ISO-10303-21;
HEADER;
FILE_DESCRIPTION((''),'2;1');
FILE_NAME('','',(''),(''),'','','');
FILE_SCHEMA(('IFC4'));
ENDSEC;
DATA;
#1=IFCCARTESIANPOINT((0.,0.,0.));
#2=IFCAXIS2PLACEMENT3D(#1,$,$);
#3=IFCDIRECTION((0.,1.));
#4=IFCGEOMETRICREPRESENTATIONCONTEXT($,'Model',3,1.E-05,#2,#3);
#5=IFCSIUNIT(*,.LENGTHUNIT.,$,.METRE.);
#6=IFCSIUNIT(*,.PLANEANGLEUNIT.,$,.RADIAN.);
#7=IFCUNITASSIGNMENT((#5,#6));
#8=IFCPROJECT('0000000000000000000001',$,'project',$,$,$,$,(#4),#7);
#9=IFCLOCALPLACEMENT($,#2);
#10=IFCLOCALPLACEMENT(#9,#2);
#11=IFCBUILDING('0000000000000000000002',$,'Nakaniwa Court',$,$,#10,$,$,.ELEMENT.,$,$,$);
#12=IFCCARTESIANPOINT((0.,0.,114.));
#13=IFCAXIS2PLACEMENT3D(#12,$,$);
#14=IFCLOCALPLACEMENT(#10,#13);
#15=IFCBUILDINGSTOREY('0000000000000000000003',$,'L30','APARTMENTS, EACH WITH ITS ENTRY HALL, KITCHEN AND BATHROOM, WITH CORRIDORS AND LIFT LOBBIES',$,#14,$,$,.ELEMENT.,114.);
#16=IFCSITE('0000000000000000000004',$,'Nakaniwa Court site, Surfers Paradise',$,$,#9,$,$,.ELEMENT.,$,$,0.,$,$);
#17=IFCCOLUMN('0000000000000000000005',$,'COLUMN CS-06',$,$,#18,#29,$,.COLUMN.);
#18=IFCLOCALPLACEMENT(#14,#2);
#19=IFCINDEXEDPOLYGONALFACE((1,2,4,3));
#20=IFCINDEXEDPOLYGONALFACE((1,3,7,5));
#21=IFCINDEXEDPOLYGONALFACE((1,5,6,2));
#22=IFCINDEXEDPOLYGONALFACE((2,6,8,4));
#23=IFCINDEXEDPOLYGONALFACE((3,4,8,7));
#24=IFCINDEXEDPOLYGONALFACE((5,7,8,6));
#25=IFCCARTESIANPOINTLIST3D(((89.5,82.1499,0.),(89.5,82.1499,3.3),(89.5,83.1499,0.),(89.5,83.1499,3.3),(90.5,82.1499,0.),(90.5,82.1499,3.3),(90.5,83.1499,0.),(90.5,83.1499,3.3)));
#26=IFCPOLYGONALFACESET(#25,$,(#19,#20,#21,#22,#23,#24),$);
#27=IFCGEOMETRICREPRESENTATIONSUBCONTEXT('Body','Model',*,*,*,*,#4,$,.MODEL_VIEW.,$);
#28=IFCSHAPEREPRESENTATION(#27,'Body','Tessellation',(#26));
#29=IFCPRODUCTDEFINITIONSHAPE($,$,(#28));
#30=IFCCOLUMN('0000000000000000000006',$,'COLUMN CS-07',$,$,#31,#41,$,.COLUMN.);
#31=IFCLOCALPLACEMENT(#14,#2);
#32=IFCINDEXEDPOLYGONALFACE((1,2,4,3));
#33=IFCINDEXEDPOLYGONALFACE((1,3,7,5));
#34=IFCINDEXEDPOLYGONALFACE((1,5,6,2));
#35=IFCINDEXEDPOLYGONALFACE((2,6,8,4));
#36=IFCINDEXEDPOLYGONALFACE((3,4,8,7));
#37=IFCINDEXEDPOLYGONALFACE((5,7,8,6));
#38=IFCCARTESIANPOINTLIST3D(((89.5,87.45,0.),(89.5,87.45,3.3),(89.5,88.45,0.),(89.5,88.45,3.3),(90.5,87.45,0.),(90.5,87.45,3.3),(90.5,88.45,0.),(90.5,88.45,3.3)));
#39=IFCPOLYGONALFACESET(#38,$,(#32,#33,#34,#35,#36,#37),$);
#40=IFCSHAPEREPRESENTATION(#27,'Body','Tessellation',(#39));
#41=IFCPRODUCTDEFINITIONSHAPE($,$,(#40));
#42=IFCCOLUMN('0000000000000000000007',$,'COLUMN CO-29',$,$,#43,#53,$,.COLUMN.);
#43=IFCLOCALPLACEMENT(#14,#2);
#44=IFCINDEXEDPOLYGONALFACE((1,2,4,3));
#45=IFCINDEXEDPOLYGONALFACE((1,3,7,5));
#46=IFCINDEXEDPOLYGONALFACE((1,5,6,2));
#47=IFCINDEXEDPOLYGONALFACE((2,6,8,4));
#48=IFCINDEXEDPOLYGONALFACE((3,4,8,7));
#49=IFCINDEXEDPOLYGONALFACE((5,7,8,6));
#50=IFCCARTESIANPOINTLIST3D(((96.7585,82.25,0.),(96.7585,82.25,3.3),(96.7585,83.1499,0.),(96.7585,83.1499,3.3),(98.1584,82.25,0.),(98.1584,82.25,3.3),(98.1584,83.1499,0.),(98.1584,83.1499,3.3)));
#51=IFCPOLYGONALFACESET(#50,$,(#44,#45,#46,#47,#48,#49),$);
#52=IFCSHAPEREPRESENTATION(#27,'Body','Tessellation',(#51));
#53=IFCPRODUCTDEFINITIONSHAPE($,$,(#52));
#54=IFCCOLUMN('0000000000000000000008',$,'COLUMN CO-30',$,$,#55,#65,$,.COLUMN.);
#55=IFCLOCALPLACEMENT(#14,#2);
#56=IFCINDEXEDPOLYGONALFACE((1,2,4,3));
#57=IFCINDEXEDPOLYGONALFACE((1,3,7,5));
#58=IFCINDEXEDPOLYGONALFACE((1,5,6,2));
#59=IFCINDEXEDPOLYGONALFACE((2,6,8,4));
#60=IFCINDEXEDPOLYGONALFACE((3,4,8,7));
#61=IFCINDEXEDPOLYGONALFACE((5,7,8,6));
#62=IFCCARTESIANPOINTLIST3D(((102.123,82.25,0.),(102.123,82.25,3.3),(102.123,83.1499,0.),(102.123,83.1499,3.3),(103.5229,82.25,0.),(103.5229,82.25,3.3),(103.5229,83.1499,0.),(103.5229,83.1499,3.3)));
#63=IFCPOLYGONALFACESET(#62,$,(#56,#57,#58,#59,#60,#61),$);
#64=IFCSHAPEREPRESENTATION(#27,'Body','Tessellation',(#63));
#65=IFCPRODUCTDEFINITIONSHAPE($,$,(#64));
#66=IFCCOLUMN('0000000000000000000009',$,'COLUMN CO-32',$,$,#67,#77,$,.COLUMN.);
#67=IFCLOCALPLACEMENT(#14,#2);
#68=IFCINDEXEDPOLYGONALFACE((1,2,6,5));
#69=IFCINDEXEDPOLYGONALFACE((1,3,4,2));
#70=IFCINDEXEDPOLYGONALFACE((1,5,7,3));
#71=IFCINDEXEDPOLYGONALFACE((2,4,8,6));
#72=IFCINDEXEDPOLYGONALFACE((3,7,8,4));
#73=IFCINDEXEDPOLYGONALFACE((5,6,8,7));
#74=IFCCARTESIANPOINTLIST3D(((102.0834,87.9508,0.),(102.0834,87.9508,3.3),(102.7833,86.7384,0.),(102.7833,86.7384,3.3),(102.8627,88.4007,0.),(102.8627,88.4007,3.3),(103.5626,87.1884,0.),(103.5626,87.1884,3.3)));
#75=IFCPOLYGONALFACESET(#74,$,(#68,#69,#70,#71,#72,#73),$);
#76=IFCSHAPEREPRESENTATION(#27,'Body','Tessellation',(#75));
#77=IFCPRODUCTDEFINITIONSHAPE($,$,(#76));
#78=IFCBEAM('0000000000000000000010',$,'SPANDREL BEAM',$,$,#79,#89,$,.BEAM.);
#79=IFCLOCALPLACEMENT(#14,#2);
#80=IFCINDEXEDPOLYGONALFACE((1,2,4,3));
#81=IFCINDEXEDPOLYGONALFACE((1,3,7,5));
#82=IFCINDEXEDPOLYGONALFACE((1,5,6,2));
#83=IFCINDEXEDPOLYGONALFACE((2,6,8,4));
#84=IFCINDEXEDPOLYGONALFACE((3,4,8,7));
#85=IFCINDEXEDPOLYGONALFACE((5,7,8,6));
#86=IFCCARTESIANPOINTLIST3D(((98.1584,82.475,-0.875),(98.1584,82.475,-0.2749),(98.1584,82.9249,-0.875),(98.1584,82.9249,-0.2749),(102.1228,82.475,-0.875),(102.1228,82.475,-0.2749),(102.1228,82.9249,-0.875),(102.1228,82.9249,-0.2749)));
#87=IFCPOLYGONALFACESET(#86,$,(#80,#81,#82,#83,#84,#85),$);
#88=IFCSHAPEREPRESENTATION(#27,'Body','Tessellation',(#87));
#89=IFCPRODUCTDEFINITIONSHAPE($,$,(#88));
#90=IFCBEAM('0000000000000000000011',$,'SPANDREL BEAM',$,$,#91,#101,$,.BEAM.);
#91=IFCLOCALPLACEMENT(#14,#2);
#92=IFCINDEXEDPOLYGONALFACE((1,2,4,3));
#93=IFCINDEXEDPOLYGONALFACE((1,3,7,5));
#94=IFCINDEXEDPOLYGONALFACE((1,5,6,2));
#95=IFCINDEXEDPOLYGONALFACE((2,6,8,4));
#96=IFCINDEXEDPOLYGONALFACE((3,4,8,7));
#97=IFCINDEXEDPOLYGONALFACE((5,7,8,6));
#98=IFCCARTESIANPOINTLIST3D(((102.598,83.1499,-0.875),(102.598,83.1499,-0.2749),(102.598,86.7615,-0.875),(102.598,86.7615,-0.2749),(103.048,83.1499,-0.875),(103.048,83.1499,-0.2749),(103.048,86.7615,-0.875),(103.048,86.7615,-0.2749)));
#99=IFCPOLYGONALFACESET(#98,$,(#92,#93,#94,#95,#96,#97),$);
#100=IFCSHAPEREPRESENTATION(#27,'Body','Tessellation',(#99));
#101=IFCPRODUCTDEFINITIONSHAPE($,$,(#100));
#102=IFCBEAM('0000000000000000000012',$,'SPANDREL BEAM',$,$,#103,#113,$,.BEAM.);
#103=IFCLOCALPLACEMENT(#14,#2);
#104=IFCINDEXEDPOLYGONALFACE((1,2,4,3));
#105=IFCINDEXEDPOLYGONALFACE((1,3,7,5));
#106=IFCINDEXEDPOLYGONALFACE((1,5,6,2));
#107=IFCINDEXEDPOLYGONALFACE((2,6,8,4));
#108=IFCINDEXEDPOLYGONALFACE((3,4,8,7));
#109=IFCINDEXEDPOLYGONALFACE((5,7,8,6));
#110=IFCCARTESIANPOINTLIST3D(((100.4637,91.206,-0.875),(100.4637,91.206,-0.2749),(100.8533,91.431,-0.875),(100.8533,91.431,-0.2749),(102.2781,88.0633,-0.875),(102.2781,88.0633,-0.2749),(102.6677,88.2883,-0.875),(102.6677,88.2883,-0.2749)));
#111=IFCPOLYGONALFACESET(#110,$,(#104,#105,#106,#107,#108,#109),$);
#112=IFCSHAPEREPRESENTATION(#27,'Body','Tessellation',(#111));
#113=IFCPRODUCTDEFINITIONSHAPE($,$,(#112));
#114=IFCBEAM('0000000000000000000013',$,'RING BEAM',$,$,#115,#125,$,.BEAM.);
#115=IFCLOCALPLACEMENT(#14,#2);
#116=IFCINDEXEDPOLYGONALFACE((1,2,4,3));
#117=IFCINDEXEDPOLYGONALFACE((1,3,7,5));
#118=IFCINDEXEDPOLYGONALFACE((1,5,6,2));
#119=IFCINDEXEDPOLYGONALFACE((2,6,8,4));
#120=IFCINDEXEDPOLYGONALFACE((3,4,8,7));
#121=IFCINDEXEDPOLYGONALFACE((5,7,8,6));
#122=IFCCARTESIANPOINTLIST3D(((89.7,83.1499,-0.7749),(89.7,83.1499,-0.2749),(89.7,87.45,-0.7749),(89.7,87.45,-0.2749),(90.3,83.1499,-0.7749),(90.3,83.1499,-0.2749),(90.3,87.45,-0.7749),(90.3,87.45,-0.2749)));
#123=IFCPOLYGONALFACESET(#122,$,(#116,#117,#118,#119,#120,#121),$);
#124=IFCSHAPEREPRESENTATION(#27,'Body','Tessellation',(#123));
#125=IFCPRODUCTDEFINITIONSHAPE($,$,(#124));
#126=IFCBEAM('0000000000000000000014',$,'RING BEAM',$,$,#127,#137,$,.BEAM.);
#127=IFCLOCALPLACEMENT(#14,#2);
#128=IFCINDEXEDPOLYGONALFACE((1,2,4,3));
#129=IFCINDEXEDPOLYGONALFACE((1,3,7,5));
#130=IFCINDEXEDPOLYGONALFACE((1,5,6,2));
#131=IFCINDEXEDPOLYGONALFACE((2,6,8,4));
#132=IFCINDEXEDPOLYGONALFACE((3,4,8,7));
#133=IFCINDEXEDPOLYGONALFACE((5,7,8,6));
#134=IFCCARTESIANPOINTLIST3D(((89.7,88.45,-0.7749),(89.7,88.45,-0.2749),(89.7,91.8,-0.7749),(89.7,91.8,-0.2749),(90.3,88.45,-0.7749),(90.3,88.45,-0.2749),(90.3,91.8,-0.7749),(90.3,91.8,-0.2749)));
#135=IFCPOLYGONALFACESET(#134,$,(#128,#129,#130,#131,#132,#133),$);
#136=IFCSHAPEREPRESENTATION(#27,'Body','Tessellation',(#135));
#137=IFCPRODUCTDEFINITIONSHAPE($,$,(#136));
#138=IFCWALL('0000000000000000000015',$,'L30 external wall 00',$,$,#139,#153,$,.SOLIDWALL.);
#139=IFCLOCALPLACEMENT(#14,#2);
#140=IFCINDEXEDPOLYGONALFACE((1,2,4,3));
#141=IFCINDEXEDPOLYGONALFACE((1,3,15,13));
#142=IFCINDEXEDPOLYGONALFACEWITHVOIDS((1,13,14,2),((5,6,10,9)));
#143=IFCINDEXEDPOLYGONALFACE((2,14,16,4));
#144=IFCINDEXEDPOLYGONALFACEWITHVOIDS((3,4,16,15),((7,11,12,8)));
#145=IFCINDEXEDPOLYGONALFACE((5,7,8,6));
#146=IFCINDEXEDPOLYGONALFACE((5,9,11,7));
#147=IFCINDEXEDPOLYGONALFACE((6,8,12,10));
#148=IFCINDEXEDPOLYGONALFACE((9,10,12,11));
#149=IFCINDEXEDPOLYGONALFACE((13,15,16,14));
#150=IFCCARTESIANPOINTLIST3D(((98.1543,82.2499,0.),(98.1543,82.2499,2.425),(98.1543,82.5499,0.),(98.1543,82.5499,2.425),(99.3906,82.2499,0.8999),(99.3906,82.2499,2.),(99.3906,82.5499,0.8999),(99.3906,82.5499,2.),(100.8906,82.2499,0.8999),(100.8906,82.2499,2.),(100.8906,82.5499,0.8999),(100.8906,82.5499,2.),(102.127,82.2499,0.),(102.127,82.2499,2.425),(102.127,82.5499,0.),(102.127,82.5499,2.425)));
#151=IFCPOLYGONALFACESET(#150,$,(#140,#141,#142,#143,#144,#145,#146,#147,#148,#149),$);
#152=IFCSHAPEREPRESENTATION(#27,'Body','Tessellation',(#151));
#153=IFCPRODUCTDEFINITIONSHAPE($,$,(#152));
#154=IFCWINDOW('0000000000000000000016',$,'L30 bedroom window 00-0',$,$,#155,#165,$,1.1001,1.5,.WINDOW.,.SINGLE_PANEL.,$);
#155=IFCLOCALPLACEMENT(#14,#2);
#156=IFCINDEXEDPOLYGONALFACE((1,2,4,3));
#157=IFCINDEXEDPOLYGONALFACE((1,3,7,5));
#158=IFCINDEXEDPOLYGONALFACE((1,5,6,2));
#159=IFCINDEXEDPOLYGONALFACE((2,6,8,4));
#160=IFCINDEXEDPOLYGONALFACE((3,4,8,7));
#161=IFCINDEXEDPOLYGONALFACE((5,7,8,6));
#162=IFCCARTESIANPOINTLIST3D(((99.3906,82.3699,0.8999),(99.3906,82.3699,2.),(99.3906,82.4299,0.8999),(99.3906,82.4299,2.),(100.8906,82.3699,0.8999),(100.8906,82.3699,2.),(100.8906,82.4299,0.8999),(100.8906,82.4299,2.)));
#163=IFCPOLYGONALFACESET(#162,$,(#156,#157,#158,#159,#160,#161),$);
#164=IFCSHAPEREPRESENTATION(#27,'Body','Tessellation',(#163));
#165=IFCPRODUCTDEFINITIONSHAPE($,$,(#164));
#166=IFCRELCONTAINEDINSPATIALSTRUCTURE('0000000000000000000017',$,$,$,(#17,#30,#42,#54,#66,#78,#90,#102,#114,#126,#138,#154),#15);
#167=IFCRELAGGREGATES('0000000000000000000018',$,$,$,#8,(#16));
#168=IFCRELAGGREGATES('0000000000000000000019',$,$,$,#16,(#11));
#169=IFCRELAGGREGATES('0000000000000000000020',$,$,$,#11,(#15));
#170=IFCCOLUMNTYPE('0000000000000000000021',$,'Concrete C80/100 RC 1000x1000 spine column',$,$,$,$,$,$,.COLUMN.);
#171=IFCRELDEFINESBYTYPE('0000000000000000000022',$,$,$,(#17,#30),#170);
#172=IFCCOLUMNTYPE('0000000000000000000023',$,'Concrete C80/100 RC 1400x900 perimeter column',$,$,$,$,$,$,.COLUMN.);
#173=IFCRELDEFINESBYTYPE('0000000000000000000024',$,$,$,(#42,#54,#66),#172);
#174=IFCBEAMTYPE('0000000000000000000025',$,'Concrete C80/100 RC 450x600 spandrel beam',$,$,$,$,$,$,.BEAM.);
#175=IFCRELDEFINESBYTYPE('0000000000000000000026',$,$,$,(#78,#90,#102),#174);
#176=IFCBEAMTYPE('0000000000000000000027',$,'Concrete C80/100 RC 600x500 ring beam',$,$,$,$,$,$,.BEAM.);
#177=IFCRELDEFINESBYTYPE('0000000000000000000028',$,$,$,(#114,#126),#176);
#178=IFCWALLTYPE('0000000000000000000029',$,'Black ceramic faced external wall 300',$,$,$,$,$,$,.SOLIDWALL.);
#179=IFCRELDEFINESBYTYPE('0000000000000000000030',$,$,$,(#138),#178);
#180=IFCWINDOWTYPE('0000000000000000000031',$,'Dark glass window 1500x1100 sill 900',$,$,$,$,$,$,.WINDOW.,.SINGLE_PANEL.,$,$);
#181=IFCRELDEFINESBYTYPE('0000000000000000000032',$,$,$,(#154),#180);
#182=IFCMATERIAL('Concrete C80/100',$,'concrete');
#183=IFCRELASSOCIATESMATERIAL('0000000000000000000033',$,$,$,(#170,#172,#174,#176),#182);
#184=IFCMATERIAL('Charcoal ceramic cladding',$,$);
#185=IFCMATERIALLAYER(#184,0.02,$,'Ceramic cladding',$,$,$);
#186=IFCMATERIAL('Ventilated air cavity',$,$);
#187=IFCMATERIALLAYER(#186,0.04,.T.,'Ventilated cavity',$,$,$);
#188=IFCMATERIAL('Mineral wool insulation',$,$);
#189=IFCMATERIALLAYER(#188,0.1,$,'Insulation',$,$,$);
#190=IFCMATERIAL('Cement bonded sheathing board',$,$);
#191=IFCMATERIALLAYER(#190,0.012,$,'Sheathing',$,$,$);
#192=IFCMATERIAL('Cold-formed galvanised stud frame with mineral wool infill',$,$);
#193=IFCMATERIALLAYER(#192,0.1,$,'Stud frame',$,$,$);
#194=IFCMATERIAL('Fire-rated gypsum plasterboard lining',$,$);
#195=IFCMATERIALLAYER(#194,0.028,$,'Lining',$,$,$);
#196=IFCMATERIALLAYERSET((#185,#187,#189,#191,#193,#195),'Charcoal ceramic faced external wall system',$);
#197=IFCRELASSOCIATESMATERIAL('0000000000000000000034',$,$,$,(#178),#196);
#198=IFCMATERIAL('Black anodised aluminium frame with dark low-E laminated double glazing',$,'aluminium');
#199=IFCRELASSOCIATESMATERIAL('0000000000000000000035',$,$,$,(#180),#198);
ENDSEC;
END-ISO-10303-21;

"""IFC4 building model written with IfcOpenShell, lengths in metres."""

from ifc_helpers import new_model, si_unit, direction, frame, frame_2d, origin, origin_2d, place, context, subcontext, project, spatial, rectangle, extrude, material, layer, layer_set, material_profile, profile_set, type_object, element, fill, save


model = new_model("IFC4")

# Units and contexts
model_context = context("Model", 3, precision=1e-05, world=origin(), true_north=direction((0.0, 1.0)))
body_context = subcontext(model_context, "Body", "Model", "MODEL_VIEW")
ifc_project = project(units=[si_unit("LENGTHUNIT", "METRE"), si_unit("PLANEANGLEUNIT", "RADIAN")], contexts=[model_context])

# Site, building, storey
site_placement = place(None, origin())
site = spatial("IfcSite", under=ifc_project, at=site_placement, Name="Nakaniwa Court site, Surfers Paradise", CompositionType="ELEMENT", RefElevation=0.0)
building_placement = place(site_placement, origin())
building = spatial("IfcBuilding", under=site, at=building_placement, Name="Nakaniwa Court", CompositionType="ELEMENT")
storey_placement = place(building_placement, frame((0.0, 0.0, 114.0)))
storey = spatial("IfcBuildingStorey", under=building, at=storey_placement, Name="L30", Description="APARTMENTS, EACH WITH ITS ENTRY HALL, KITCHEN AND BATHROOM, WITH CORRIDORS AND LIFT LOBBIES", CompositionType="ELEMENT", Elevation=114.0)

# Columns
ifc_material_1 = material(Name="Concrete C80/100", Category="concrete")
ifc_material_profile_1 = material_profile(ifc_material_1, rectangle(XDim=1.0, YDim=1.0, at=origin_2d()), Name="Concrete C80/100 RC 1000x1000 spine column")
ifc_profile_set_1 = profile_set([ifc_material_profile_1], Name="Concrete C80/100")
column_type_1 = type_object("IfcColumnType", Name="Concrete C80/100 RC 1000x1000 spine column", PredefinedType="COLUMN", material=ifc_profile_set_1)
for number, where, z_axis, x_axis, name in (
    (1, (90.0, 82.6499, 0.0), (0.0, 0.0, 1.0), (0.0, 1.0, 0.0), "COLUMN CS-06"),
    (2, (90.0, 87.95, 0.0), (0.0, 0.0, 1.0), (0.0, 1.0, 0.0), "COLUMN CS-07"),
):
    element("IfcColumn", number, at=place(storey_placement, frame(where, z_axis=z_axis, x_axis=x_axis)), inside=storey, type_object=column_type_1, Name=name, PredefinedType="COLUMN", context=body_context, shape_type="SweptSolid", body=[
        extrude(rectangle(XDim=1.0, YDim=1.0, at=origin_2d()), origin(), (0.0, 0.0, 1.0), 3.3),
    ])
ifc_material_profile_2 = material_profile(ifc_material_1, rectangle(XDim=1.3999, YDim=0.8999, at=origin_2d()), Name="Concrete C80/100 RC 1400x900 perimeter column")
ifc_profile_set_2 = profile_set([ifc_material_profile_2], Name="Concrete C80/100")
column_type_2 = type_object("IfcColumnType", Name="Concrete C80/100 RC 1400x900 perimeter column", PredefinedType="COLUMN", material=ifc_profile_set_2)
for number, where, z_axis, x_axis, name in (
    (3, (97.4585, 82.7, 0.0), (0.0, 0.0, 1.0), (1.0, 0.0, 0.0), "COLUMN CO-29"),
    (4, (102.823, 82.7, 0.0), (0.0, 0.0, 1.0), (1.0, 0.0, 0.0), "COLUMN CO-30"),
    (5, (102.823, 87.5696, 0.0), (0.0, 0.0, 1.0), (-0.5, 0.866025, 0.0), "COLUMN CO-32"),
):
    element("IfcColumn", number, at=place(storey_placement, frame(where, z_axis=z_axis, x_axis=x_axis)), inside=storey, type_object=column_type_2, Name=name, PredefinedType="COLUMN", context=body_context, shape_type="SweptSolid", body=[
        extrude(rectangle(XDim=1.3999, YDim=0.8999, at=origin_2d()), origin(), (0.0, 0.0, 1.0), 3.3),
    ])

# Beams
ifc_material_profile_3 = material_profile(ifc_material_1, rectangle(XDim=0.45, YDim=0.6001, at=origin_2d()), Name="Concrete C80/100 RC 450x600 spandrel beam")
ifc_profile_set_3 = profile_set([ifc_material_profile_3], Name="Concrete C80/100")
beam_type_1 = type_object("IfcBeamType", Name="Concrete C80/100 RC 450x600 spandrel beam", PredefinedType="BEAM", material=ifc_profile_set_3)
beam_1_placement = place(storey_placement, frame((98.1584, 82.7, -0.575), z_axis=(1.0, 0.0, 0.0), x_axis=(0.0, 1.0, 0.0)))
element("IfcBeam", 6, at=beam_1_placement, inside=storey, type_object=beam_type_1, Name="SPANDREL BEAM", PredefinedType="BEAM", context=body_context, shape_type="SweptSolid", body=[
    extrude(rectangle(XDim=0.45, YDim=0.6001, at=origin_2d()), origin(), (0.0, 0.0, 1.0), 3.9644),
])
beam_2_placement = place(storey_placement, frame((102.823, 83.1499, -0.575), z_axis=(0.0, 1.0, 0.0), x_axis=(-1.0, 0.0, 0.0)))
element("IfcBeam", 7, at=beam_2_placement, inside=storey, type_object=beam_type_1, Name="SPANDREL BEAM", PredefinedType="BEAM", context=body_context, shape_type="SweptSolid", body=[
    extrude(rectangle(XDim=0.45, YDim=0.6001, at=origin_2d()), origin(), (0.0, 0.0, 1.0), 3.6116),
])
beam_3_placement = place(storey_placement, frame((102.4729, 88.1758, -0.575), z_axis=(-0.499988, 0.866032, 0.0), x_axis=(-0.866032, -0.499988, 0.0)))
element("IfcBeam", 8, at=beam_3_placement, inside=storey, type_object=beam_type_1, Name="SPANDREL BEAM", PredefinedType="BEAM", context=body_context, shape_type="SweptSolid", body=[
    extrude(rectangle(XDim=0.45, YDim=0.6001, at=origin_2d()), origin(), (0.0, 0.0, 1.0), 3.6289),
])
ifc_material_profile_4 = material_profile(ifc_material_1, rectangle(XDim=0.6001, YDim=0.5, at=origin_2d()), Name="Concrete C80/100 RC 600x500 ring beam")
ifc_profile_set_4 = profile_set([ifc_material_profile_4], Name="Concrete C80/100")
beam_type_2 = type_object("IfcBeamType", Name="Concrete C80/100 RC 600x500 ring beam", PredefinedType="BEAM", material=ifc_profile_set_4)
beam_4_placement = place(storey_placement, frame((90.0, 83.1499, -0.5249), z_axis=(0.0, 1.0, 0.0), x_axis=(-1.0, 0.0, 0.0)))
element("IfcBeam", 9, at=beam_4_placement, inside=storey, type_object=beam_type_2, Name="RING BEAM", PredefinedType="BEAM", context=body_context, shape_type="SweptSolid", body=[
    extrude(rectangle(XDim=0.6001, YDim=0.5, at=origin_2d()), origin(), (0.0, 0.0, 1.0), 4.3),
])
beam_5_placement = place(storey_placement, frame((90.0, 88.45, -0.5249), z_axis=(0.0, 1.0, 0.0), x_axis=(-1.0, 0.0, 0.0)))
element("IfcBeam", 10, at=beam_5_placement, inside=storey, type_object=beam_type_2, Name="RING BEAM", PredefinedType="BEAM", context=body_context, shape_type="SweptSolid", body=[
    extrude(rectangle(XDim=0.6001, YDim=0.5, at=origin_2d()), origin(), (0.0, 0.0, 1.0), 3.3501),
])

# Wall, opening, window
ifc_material_2 = material(Name="Charcoal ceramic cladding")
ifc_layer_1 = layer(ifc_material_2, 0.02, Name="Ceramic cladding")
ifc_material_3 = material(Name="Ventilated air cavity")
ifc_layer_2 = layer(ifc_material_3, 0.04, ventilated=True, Name="Ventilated cavity")
ifc_material_4 = material(Name="Mineral wool insulation")
ifc_layer_3 = layer(ifc_material_4, 0.1, Name="Insulation")
ifc_material_5 = material(Name="Cement bonded sheathing board")
ifc_layer_4 = layer(ifc_material_5, 0.012, Name="Sheathing")
ifc_material_6 = material(Name="Cold-formed galvanised stud frame with mineral wool infill")
ifc_layer_5 = layer(ifc_material_6, 0.1, Name="Stud frame")
ifc_material_7 = material(Name="Fire-rated gypsum plasterboard lining")
ifc_layer_6 = layer(ifc_material_7, 0.028, Name="Lining")
ifc_layer_set_1 = layer_set([ifc_layer_1, ifc_layer_2, ifc_layer_3, ifc_layer_4, ifc_layer_5, ifc_layer_6], Name="Charcoal ceramic faced external wall system")
wall_type_1 = type_object("IfcWallType", Name="Black ceramic faced external wall 300", PredefinedType="SOLIDWALL", material=ifc_layer_set_1)
wall_1_placement = place(storey_placement, frame((98.1543, 82.3999, 0.0), z_axis=(0.0, 0.0, 1.0), x_axis=(1.0, 0.0, 0.0)))
wall_1 = element("IfcWall", 11, at=wall_1_placement, inside=storey, type_object=wall_type_1, Name="L30 external wall 00", PredefinedType="SOLIDWALL", context=body_context, shape_type="SweptSolid", body=[
    extrude(rectangle(XDim=3.9727, YDim=0.3, at=frame_2d((1.9863, 0.0))), origin(), (0.0, 0.0, 1.0), 2.425),
])
opening_1_placement = place(wall_1_placement, frame((1.2363, 0.0, 0.8999)))
opening_1 = element("IfcOpeningElement", 12, at=opening_1_placement, cuts=wall_1, PredefinedType="OPENING", context=body_context, shape_type="SweptSolid", body=[
    extrude(rectangle(XDim=1.5, YDim=1.1001, at=frame_2d((0.75, 0.55))), frame((0.0, 0.1599, 0.0), z_axis=(0.0, -1.0, 0.0), x_axis=(1.0, 0.0, 0.0)), (0.0, 0.0, 1.0), 0.3201),
])
ifc_material_8 = material(Name="Black anodised aluminium frame with dark low-E laminated double glazing", Category="aluminium")
window_type = type_object("IfcWindowType", Name="Dark glass window 1500x1100 sill 900", PartitioningType="SINGLE_PANEL", PredefinedType="WINDOW", material=ifc_material_8)
window_1_placement = place(opening_1_placement, origin())
window_1 = element("IfcWindow", 13, at=window_1_placement, inside=storey, type_object=window_type, Name="L30 bedroom window 00-0", OverallHeight=1.1001, OverallWidth=1.5, PartitioningType="SINGLE_PANEL", PredefinedType="WINDOW", context=body_context, shape_type="SweptSolid", body=[
    extrude(rectangle(XDim=1.5, YDim=1.1001, at=frame_2d((0.75, 0.55))), frame((0.0, 0.03, 0.0), z_axis=(0.0, -1.0, 0.0), x_axis=(1.0, 0.0, 0.0)), (0.0, 0.0, 1.0), 0.0601),
])
fill(opening_1, window_1)

save(model, "model.ifc")
